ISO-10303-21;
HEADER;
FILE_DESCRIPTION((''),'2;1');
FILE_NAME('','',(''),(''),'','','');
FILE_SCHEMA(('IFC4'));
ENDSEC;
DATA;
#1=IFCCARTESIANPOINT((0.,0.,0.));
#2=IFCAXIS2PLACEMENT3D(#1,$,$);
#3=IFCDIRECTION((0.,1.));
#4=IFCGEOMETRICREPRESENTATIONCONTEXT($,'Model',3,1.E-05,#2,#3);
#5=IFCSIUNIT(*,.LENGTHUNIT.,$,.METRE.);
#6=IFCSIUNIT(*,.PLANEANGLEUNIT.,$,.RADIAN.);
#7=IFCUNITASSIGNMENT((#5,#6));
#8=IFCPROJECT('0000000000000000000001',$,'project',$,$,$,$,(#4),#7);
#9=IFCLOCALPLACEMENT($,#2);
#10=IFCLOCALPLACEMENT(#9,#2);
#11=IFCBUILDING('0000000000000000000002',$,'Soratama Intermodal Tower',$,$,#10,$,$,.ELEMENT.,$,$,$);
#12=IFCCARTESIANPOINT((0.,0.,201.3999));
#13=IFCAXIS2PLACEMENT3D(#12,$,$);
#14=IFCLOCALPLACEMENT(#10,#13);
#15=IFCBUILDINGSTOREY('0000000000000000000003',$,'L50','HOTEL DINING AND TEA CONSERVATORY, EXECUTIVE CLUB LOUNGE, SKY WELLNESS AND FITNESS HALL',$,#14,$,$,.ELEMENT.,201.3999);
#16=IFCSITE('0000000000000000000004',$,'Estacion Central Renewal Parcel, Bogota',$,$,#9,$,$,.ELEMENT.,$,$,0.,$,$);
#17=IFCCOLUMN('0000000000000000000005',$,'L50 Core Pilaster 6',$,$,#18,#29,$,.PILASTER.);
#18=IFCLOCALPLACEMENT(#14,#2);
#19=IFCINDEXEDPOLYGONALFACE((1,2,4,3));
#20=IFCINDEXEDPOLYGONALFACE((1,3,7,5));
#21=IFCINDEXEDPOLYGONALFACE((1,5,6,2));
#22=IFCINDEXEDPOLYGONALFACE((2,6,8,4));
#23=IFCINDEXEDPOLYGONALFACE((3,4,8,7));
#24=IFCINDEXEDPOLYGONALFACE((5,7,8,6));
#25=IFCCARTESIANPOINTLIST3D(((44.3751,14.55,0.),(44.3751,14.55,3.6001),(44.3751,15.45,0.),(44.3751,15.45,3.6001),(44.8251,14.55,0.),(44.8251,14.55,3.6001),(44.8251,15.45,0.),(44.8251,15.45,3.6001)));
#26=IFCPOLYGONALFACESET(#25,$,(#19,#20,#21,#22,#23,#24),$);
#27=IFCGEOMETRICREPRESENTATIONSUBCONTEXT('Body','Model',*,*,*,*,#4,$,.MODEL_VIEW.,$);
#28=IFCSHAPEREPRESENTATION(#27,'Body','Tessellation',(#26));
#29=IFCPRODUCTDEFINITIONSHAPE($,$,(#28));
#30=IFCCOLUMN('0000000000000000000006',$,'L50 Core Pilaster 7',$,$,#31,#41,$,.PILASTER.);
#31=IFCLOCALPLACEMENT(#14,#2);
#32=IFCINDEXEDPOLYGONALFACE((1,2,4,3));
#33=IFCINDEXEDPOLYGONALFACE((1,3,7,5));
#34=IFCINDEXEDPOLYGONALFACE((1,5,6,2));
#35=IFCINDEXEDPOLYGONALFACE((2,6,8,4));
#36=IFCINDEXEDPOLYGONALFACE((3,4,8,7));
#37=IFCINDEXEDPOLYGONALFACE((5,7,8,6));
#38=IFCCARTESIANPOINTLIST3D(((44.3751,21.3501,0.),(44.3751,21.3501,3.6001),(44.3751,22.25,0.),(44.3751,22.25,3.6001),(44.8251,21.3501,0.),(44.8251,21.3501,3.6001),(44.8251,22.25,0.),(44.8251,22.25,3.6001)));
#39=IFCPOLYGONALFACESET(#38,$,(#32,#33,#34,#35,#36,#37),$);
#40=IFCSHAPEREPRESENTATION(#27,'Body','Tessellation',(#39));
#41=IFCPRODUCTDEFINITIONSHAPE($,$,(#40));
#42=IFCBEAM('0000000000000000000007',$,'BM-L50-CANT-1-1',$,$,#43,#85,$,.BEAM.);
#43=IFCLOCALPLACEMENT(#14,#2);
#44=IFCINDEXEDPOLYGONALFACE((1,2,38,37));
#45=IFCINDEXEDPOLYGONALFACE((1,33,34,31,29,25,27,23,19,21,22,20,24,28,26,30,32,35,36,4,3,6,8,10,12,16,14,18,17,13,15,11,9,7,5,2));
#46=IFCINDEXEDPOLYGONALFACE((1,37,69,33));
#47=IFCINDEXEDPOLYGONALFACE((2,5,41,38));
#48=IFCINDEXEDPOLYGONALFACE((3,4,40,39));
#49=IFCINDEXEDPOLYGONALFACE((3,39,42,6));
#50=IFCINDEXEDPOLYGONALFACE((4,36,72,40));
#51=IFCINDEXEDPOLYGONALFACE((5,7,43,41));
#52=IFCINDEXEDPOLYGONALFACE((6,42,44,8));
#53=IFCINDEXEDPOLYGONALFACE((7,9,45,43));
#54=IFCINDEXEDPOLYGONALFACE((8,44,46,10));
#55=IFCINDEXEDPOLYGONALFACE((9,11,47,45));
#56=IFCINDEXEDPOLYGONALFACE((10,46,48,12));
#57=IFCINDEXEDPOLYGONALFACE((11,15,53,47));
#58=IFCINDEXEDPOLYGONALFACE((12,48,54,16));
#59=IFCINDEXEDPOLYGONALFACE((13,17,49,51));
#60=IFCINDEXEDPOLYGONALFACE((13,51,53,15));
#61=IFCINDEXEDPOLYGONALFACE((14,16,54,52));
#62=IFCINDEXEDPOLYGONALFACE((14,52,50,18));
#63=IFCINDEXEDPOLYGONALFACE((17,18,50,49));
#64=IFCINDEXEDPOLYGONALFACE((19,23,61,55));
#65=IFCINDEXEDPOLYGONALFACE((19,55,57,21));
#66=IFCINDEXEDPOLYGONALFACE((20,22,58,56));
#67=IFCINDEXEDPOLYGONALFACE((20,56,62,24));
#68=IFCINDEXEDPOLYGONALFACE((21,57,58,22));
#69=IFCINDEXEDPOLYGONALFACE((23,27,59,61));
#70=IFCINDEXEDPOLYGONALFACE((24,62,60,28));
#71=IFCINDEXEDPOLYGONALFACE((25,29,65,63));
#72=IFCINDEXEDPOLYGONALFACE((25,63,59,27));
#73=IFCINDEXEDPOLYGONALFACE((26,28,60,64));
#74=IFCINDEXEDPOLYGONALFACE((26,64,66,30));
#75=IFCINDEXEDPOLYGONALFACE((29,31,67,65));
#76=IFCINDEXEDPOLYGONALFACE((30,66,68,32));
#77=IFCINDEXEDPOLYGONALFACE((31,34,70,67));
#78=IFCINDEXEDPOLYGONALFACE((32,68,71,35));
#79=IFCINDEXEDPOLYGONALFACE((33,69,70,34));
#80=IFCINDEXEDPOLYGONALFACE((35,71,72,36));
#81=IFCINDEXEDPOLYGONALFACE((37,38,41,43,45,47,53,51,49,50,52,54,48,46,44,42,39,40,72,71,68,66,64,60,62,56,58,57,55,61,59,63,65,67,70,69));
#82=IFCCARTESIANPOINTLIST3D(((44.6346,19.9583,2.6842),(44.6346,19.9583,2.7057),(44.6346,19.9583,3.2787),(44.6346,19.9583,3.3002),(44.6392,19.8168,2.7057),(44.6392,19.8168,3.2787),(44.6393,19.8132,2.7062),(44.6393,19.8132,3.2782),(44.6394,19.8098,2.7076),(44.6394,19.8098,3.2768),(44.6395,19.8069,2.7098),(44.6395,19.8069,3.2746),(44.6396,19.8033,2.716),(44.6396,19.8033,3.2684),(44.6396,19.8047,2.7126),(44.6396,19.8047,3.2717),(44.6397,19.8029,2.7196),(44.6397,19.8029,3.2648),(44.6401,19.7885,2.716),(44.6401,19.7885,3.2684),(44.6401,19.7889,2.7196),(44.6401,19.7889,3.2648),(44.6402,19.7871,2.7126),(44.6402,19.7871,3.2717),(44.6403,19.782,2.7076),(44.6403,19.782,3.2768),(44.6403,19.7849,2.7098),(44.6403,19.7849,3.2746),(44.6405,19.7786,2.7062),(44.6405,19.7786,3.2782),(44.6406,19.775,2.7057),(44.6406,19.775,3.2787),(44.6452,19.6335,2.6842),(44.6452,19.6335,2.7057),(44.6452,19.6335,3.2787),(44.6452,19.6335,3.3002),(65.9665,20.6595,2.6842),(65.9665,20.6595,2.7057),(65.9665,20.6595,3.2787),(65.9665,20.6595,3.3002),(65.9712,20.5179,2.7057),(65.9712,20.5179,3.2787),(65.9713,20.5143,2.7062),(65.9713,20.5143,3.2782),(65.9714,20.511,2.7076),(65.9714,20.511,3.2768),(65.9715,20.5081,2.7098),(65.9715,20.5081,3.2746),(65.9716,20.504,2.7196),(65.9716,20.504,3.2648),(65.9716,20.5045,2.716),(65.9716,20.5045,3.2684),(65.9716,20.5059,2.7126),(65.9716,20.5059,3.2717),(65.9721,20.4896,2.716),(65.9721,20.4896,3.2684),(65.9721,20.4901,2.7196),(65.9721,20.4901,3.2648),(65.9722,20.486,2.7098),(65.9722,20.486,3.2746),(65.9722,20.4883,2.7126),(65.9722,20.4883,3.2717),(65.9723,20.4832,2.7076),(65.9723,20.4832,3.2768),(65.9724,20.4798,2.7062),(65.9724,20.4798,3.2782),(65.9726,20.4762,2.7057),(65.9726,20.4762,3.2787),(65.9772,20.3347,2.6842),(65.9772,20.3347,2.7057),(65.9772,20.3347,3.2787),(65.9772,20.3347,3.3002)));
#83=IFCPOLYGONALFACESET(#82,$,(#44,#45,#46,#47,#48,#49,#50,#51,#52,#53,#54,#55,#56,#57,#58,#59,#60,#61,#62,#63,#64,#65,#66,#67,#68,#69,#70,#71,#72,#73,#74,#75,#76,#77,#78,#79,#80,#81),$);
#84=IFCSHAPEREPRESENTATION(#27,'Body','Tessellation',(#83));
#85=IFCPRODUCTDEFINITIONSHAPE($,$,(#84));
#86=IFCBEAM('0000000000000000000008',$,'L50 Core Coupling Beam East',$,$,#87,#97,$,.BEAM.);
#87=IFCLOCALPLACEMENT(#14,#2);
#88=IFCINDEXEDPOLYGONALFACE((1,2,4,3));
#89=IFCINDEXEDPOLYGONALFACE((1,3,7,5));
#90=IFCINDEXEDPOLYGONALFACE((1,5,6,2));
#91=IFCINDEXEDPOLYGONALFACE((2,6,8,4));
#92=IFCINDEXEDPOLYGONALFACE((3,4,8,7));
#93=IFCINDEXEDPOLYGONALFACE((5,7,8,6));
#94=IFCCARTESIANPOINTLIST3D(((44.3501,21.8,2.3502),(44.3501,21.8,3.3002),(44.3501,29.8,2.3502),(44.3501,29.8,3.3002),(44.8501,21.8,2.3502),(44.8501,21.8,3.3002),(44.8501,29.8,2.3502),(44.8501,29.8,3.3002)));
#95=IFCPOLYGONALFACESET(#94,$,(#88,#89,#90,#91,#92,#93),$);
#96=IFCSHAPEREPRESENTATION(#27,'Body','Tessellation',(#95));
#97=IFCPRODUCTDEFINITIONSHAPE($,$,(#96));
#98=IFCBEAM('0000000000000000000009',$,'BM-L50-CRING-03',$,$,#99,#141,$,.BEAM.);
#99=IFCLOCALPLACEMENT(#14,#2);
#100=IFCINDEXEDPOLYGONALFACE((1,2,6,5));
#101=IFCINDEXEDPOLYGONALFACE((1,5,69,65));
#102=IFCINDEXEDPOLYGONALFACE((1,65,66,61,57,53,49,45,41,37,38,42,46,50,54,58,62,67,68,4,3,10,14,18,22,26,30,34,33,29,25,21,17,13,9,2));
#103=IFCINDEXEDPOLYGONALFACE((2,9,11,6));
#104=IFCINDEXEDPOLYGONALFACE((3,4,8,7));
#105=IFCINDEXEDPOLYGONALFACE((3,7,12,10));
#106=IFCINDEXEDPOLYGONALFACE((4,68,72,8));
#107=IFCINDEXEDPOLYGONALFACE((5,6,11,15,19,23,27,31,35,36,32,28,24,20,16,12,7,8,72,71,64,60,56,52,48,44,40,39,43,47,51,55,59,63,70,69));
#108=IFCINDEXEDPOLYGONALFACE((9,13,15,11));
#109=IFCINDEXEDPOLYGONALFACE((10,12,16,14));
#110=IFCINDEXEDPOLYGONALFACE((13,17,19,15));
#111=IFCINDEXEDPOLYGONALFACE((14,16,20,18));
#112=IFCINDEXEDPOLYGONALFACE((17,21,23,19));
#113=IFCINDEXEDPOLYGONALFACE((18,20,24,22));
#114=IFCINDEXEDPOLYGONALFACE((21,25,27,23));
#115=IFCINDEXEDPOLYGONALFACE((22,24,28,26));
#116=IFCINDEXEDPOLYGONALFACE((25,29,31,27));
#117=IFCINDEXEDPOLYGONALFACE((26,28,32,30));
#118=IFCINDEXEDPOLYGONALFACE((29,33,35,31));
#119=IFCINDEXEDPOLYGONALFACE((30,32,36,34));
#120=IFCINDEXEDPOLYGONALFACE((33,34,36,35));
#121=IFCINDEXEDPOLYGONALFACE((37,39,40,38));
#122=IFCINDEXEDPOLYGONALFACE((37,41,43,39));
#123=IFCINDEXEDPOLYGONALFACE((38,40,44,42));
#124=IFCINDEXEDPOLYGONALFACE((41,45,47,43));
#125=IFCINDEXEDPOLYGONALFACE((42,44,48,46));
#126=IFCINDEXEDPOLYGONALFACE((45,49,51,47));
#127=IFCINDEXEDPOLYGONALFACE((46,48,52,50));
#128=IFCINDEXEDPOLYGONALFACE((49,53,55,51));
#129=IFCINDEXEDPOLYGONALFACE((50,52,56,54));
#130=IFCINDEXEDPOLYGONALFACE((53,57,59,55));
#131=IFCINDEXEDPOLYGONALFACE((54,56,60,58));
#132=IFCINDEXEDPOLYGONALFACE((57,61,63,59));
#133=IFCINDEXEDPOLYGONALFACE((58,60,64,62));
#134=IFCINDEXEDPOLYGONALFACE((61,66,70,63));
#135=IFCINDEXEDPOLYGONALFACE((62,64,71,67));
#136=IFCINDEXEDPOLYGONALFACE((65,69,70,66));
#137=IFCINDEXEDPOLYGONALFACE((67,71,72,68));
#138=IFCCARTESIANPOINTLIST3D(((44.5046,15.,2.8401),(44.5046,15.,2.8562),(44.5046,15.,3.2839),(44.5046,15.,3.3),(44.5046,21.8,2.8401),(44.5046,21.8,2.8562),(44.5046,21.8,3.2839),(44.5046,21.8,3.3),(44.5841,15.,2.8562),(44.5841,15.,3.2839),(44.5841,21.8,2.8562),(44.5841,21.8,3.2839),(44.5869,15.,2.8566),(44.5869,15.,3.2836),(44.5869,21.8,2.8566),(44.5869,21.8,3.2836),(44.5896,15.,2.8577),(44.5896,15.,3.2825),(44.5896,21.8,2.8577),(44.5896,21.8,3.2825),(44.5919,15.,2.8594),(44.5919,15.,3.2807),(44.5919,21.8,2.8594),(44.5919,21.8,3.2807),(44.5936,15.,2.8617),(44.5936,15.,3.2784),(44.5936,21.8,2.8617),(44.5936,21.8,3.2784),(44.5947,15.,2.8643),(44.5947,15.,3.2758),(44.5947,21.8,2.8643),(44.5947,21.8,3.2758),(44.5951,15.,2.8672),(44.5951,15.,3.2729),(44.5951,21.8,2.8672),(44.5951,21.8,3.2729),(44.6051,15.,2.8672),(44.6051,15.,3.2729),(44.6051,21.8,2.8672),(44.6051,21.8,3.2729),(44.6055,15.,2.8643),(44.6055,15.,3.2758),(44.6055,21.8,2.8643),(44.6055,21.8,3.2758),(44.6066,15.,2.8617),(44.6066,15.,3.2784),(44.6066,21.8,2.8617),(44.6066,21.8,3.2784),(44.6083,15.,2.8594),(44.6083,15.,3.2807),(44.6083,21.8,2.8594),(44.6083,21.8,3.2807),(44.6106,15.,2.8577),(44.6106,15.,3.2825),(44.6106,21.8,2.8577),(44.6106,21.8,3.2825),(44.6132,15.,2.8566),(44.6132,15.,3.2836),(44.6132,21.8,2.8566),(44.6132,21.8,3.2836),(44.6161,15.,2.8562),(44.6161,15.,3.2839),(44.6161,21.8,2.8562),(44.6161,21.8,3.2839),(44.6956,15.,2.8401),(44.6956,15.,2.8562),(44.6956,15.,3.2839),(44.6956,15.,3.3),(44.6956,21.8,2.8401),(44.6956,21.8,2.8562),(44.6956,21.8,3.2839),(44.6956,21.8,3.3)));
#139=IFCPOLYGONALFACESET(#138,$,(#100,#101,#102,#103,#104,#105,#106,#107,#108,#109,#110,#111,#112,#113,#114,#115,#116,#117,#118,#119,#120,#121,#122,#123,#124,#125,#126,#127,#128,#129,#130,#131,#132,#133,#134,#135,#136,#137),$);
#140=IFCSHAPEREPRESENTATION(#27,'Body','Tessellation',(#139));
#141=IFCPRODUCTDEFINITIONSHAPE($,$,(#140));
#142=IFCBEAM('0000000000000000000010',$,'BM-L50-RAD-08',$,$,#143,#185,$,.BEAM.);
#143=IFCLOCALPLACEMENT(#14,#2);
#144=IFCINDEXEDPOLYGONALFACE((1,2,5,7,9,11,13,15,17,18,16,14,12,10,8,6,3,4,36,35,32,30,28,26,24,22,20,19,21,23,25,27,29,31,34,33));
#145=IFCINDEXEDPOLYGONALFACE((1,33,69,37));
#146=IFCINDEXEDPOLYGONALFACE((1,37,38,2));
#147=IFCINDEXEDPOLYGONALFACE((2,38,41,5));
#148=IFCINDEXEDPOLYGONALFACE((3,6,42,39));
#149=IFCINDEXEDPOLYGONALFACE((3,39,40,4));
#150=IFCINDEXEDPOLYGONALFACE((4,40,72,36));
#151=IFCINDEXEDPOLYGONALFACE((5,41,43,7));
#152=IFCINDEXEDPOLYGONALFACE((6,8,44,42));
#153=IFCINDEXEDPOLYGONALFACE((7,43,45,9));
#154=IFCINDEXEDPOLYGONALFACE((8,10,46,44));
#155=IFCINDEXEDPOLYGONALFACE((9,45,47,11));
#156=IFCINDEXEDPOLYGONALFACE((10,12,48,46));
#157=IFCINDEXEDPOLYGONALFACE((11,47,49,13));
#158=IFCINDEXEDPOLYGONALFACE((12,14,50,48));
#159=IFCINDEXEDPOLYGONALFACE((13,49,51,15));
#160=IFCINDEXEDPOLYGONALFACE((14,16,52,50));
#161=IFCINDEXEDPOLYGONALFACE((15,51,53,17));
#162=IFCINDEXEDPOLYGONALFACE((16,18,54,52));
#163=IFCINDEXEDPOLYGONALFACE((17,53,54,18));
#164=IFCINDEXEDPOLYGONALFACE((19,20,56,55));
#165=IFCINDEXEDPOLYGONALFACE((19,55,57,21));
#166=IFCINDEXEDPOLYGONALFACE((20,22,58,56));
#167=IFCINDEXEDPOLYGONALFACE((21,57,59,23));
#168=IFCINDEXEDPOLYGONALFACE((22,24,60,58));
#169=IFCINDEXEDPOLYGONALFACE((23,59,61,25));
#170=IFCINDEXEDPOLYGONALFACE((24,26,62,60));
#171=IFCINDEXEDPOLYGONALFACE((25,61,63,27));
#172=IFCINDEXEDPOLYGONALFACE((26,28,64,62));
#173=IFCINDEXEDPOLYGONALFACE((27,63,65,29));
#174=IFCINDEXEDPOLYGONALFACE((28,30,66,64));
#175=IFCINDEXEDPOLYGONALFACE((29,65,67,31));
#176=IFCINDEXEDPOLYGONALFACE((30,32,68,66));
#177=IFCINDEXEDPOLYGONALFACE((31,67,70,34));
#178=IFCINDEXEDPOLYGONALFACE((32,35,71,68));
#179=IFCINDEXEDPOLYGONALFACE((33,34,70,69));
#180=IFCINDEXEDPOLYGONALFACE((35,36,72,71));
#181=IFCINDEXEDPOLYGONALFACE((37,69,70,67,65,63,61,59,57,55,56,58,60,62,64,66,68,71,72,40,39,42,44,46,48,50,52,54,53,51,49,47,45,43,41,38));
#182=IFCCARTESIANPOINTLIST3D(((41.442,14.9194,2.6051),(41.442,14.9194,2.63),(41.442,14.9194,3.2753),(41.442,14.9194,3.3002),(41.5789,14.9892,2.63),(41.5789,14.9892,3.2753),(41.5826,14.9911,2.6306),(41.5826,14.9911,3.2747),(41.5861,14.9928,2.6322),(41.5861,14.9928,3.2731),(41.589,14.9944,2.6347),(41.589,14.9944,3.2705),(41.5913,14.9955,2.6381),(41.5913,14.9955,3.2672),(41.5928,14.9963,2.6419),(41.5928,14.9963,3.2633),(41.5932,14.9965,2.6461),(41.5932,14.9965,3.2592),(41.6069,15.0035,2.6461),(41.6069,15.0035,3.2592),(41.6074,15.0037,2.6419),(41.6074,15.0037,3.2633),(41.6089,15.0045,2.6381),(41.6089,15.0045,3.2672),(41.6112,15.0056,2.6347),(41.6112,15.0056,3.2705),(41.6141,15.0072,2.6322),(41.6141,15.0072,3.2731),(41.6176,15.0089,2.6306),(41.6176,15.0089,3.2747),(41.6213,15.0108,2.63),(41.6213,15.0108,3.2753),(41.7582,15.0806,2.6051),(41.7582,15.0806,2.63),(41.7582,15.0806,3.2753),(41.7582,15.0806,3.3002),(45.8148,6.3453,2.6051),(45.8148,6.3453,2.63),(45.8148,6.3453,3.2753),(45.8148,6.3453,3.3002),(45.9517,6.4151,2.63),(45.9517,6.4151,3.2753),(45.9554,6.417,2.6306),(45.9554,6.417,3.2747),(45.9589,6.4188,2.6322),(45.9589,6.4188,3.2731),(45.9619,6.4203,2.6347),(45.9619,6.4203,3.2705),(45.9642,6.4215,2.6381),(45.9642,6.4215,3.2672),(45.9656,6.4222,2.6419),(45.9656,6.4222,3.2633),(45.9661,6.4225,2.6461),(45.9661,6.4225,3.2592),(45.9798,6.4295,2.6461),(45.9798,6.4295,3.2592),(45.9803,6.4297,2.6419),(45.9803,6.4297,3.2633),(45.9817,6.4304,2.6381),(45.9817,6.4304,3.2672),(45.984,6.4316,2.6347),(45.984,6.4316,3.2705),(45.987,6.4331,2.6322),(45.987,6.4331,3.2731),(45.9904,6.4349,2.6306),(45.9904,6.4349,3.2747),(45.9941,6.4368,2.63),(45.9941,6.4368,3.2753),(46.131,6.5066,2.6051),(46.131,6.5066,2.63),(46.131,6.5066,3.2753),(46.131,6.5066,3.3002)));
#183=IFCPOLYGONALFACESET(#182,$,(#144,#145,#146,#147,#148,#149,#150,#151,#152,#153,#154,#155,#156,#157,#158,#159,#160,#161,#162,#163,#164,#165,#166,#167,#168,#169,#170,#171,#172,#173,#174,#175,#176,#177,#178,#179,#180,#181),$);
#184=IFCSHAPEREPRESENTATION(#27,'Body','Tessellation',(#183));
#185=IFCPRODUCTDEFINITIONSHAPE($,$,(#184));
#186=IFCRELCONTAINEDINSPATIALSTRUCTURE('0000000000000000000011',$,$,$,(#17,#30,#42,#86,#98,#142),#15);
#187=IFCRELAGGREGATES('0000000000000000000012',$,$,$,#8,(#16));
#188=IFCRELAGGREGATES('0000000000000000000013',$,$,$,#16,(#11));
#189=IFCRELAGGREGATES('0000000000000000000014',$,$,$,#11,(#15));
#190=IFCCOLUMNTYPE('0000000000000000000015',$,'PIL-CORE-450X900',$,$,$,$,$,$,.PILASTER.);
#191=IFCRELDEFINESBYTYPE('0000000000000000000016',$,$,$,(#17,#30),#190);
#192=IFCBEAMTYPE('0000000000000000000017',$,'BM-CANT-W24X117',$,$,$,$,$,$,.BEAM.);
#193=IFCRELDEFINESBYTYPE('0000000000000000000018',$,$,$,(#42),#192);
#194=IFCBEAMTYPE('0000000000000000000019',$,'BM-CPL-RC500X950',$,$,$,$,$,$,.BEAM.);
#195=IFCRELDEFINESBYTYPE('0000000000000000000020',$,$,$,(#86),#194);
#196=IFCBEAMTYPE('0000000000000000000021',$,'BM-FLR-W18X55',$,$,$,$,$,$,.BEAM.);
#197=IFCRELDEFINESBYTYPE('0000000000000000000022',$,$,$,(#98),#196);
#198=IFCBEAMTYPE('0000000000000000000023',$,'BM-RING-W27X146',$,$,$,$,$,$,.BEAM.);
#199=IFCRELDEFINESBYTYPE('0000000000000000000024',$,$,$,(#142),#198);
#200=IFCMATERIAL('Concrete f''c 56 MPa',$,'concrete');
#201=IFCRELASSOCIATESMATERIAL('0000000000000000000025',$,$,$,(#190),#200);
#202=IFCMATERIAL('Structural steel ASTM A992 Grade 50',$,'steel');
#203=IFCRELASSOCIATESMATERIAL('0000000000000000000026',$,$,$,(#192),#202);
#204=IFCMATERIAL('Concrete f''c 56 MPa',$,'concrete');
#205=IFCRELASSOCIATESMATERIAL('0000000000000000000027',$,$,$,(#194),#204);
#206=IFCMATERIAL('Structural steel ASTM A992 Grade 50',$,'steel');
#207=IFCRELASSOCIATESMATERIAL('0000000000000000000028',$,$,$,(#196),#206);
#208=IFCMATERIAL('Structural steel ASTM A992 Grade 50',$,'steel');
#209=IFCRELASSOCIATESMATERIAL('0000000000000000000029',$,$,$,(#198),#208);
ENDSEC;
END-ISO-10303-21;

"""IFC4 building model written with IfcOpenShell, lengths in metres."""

from ifc_helpers import new_model, si_unit, direction, frame, origin, origin_2d, place, context, subcontext, project, spatial, rectangle, i_section, extrude, material, material_profile, profile_set, type_object, element, save


model = new_model("IFC4")

# Units and contexts
model_context = context("Model", 3, precision=1e-05, world=origin(), true_north=direction((0.0, 1.0)))
body_context = subcontext(model_context, "Body", "Model", "MODEL_VIEW")
ifc_project = project(units=[si_unit("LENGTHUNIT", "METRE"), si_unit("PLANEANGLEUNIT", "RADIAN")], contexts=[model_context])

# Site, building, storey
site_placement = place(None, origin())
site = spatial("IfcSite", under=ifc_project, at=site_placement, Name="Estacion Central Renewal Parcel, Bogota", CompositionType="ELEMENT", RefElevation=0.0)
building_placement = place(site_placement, origin())
building = spatial("IfcBuilding", under=site, at=building_placement, Name="Soratama Intermodal Tower", CompositionType="ELEMENT")
storey_placement = place(building_placement, frame((0.0, 0.0, 201.3999)))
storey = spatial("IfcBuildingStorey", under=building, at=storey_placement, Name="L50", Description="HOTEL DINING AND TEA CONSERVATORY, EXECUTIVE CLUB LOUNGE, SKY WELLNESS AND FITNESS HALL", CompositionType="ELEMENT", Elevation=201.3999)

# Columns
ifc_material_1 = material(Name="Concrete f'c 56 MPa", Category="concrete")
ifc_material_profile_1 = material_profile(ifc_material_1, rectangle(XDim=0.45, YDim=0.8999, at=origin_2d()), Name="RC450X900")
ifc_profile_set_1 = profile_set([ifc_material_profile_1], Name="Concrete f'c 56 MPa")
column_type = type_object("IfcColumnType", Name="PIL-CORE-450X900", PredefinedType="PILASTER", material=ifc_profile_set_1)
for number, where, z_axis, x_axis, name in (
    (1, (44.6001, 15.0, 0.0), (0.0, 0.0, 1.0), (1.0, 0.0, 0.0), "L50 Core Pilaster 6"),
    (2, (44.6001, 21.8, 0.0), (0.0, 0.0, 1.0), (1.0, 0.0, 0.0), "L50 Core Pilaster 7"),
):
    element("IfcColumn", number, at=place(storey_placement, frame(where, z_axis=z_axis, x_axis=x_axis)), inside=storey, type_object=column_type, Name=name, PredefinedType="PILASTER", context=body_context, shape_type="SweptSolid", body=[
        extrude(rectangle(XDim=0.45, YDim=0.8999, at=origin_2d()), origin(), (0.0, 0.0, 1.0), 3.6001),
    ])

# Beams
ifc_material_2 = material(Name="Structural steel ASTM A992 Grade 50", Category="steel")
ifc_material_profile_2 = material_profile(ifc_material_2, i_section(OverallWidth=0.325, OverallDepth=0.616, WebThickness=0.0139, FlangeThickness=0.0215, FilletRadius=0.0139, at=origin_2d()), Name="W24X117")
ifc_profile_set_2 = profile_set([ifc_material_profile_2], Name="Structural steel ASTM A992 Grade 50")
beam_type_1 = type_object("IfcBeamType", Name="BM-CANT-W24X117", PredefinedType="BEAM", material=ifc_profile_set_2)
beam_1_placement = place(storey_placement, frame((44.6399, 19.7959, 2.9922), z_axis=(0.99946, 0.032852, 0.0), x_axis=(-0.032852, 0.99946, 0.0)))
element("IfcBeam", 3, at=beam_1_placement, inside=storey, type_object=beam_type_1, Name="BM-L50-CANT-1-1", PredefinedType="BEAM", context=body_context, shape_type="SweptSolid", body=[
    extrude(i_section(OverallWidth=0.325, OverallDepth=0.616, WebThickness=0.0139, FlangeThickness=0.0215, FilletRadius=0.0139, at=origin_2d()), origin(), (0.0, 0.0, 1.0), 21.3435),
])
ifc_material_3 = material(Name="Concrete f'c 56 MPa", Category="concrete")
ifc_material_profile_3 = material_profile(ifc_material_3, rectangle(XDim=0.5, YDim=0.95, at=origin_2d()), Name="RC500X950")
ifc_profile_set_3 = profile_set([ifc_material_profile_3], Name="Concrete f'c 56 MPa")
beam_type_2 = type_object("IfcBeamType", Name="BM-CPL-RC500X950", PredefinedType="BEAM", material=ifc_profile_set_3)
beam_2_placement = place(storey_placement, frame((44.6001, 21.8, 2.8252), z_axis=(0.0, 1.0, 0.0), x_axis=(-1.0, 0.0, 0.0)))
element("IfcBeam", 4, at=beam_2_placement, inside=storey, type_object=beam_type_2, Name="L50 Core Coupling Beam East", PredefinedType="BEAM", context=body_context, shape_type="SweptSolid", body=[
    extrude(rectangle(XDim=0.5, YDim=0.95, at=origin_2d()), origin(), (0.0, 0.0, 1.0), 8.0),
])
ifc_material_4 = material(Name="Structural steel ASTM A992 Grade 50", Category="steel")
ifc_material_profile_4 = material_profile(ifc_material_4, i_section(OverallWidth=0.1909, OverallDepth=0.46, WebThickness=0.01, FlangeThickness=0.0161, FilletRadius=0.011, at=origin_2d()), Name="W18X55")
ifc_profile_set_4 = profile_set([ifc_material_profile_4], Name="Structural steel ASTM A992 Grade 50")
beam_type_3 = type_object("IfcBeamType", Name="BM-FLR-W18X55", PredefinedType="BEAM", material=ifc_profile_set_4)
beam_3_placement = place(storey_placement, frame((44.6001, 15.0, 3.0701), z_axis=(0.0, 1.0, 0.0), x_axis=(-1.0, 0.0, 0.0)))
element("IfcBeam", 5, at=beam_3_placement, inside=storey, type_object=beam_type_3, Name="BM-L50-CRING-03", PredefinedType="BEAM", context=body_context, shape_type="SweptSolid", body=[
    extrude(i_section(OverallWidth=0.1909, OverallDepth=0.46, WebThickness=0.01, FlangeThickness=0.0161, FilletRadius=0.011, at=origin_2d()), origin(), (0.0, 0.0, 1.0), 6.8),
])
ifc_material_5 = material(Name="Structural steel ASTM A992 Grade 50", Category="steel")
ifc_material_profile_5 = material_profile(ifc_material_5, i_section(OverallWidth=0.355, OverallDepth=0.6951, WebThickness=0.0154, FlangeThickness=0.0249, FilletRadius=0.0161, at=origin_2d()), Name="W27X146")
ifc_profile_set_5 = profile_set([ifc_material_profile_5], Name="Structural steel ASTM A992 Grade 50")
beam_type_4 = type_object("IfcBeamType", Name="BM-RING-W27X146", PredefinedType="BEAM", material=ifc_profile_set_5)
beam_4_placement = place(storey_placement, frame((41.6001, 15.0, 2.9526), z_axis=(0.454332, -0.890832, 0.0), x_axis=(0.890832, 0.454332, 0.0)))
element("IfcBeam", 6, at=beam_4_placement, inside=storey, type_object=beam_type_4, Name="BM-L50-RAD-08", PredefinedType="BEAM", context=body_context, shape_type="SweptSolid", body=[
    extrude(i_section(OverallWidth=0.355, OverallDepth=0.6951, WebThickness=0.0154, FlangeThickness=0.0249, FilletRadius=0.0161, at=origin_2d()), origin(), (0.0, 0.0, 1.0), 9.6248),
])

save(model, "model.ifc")
